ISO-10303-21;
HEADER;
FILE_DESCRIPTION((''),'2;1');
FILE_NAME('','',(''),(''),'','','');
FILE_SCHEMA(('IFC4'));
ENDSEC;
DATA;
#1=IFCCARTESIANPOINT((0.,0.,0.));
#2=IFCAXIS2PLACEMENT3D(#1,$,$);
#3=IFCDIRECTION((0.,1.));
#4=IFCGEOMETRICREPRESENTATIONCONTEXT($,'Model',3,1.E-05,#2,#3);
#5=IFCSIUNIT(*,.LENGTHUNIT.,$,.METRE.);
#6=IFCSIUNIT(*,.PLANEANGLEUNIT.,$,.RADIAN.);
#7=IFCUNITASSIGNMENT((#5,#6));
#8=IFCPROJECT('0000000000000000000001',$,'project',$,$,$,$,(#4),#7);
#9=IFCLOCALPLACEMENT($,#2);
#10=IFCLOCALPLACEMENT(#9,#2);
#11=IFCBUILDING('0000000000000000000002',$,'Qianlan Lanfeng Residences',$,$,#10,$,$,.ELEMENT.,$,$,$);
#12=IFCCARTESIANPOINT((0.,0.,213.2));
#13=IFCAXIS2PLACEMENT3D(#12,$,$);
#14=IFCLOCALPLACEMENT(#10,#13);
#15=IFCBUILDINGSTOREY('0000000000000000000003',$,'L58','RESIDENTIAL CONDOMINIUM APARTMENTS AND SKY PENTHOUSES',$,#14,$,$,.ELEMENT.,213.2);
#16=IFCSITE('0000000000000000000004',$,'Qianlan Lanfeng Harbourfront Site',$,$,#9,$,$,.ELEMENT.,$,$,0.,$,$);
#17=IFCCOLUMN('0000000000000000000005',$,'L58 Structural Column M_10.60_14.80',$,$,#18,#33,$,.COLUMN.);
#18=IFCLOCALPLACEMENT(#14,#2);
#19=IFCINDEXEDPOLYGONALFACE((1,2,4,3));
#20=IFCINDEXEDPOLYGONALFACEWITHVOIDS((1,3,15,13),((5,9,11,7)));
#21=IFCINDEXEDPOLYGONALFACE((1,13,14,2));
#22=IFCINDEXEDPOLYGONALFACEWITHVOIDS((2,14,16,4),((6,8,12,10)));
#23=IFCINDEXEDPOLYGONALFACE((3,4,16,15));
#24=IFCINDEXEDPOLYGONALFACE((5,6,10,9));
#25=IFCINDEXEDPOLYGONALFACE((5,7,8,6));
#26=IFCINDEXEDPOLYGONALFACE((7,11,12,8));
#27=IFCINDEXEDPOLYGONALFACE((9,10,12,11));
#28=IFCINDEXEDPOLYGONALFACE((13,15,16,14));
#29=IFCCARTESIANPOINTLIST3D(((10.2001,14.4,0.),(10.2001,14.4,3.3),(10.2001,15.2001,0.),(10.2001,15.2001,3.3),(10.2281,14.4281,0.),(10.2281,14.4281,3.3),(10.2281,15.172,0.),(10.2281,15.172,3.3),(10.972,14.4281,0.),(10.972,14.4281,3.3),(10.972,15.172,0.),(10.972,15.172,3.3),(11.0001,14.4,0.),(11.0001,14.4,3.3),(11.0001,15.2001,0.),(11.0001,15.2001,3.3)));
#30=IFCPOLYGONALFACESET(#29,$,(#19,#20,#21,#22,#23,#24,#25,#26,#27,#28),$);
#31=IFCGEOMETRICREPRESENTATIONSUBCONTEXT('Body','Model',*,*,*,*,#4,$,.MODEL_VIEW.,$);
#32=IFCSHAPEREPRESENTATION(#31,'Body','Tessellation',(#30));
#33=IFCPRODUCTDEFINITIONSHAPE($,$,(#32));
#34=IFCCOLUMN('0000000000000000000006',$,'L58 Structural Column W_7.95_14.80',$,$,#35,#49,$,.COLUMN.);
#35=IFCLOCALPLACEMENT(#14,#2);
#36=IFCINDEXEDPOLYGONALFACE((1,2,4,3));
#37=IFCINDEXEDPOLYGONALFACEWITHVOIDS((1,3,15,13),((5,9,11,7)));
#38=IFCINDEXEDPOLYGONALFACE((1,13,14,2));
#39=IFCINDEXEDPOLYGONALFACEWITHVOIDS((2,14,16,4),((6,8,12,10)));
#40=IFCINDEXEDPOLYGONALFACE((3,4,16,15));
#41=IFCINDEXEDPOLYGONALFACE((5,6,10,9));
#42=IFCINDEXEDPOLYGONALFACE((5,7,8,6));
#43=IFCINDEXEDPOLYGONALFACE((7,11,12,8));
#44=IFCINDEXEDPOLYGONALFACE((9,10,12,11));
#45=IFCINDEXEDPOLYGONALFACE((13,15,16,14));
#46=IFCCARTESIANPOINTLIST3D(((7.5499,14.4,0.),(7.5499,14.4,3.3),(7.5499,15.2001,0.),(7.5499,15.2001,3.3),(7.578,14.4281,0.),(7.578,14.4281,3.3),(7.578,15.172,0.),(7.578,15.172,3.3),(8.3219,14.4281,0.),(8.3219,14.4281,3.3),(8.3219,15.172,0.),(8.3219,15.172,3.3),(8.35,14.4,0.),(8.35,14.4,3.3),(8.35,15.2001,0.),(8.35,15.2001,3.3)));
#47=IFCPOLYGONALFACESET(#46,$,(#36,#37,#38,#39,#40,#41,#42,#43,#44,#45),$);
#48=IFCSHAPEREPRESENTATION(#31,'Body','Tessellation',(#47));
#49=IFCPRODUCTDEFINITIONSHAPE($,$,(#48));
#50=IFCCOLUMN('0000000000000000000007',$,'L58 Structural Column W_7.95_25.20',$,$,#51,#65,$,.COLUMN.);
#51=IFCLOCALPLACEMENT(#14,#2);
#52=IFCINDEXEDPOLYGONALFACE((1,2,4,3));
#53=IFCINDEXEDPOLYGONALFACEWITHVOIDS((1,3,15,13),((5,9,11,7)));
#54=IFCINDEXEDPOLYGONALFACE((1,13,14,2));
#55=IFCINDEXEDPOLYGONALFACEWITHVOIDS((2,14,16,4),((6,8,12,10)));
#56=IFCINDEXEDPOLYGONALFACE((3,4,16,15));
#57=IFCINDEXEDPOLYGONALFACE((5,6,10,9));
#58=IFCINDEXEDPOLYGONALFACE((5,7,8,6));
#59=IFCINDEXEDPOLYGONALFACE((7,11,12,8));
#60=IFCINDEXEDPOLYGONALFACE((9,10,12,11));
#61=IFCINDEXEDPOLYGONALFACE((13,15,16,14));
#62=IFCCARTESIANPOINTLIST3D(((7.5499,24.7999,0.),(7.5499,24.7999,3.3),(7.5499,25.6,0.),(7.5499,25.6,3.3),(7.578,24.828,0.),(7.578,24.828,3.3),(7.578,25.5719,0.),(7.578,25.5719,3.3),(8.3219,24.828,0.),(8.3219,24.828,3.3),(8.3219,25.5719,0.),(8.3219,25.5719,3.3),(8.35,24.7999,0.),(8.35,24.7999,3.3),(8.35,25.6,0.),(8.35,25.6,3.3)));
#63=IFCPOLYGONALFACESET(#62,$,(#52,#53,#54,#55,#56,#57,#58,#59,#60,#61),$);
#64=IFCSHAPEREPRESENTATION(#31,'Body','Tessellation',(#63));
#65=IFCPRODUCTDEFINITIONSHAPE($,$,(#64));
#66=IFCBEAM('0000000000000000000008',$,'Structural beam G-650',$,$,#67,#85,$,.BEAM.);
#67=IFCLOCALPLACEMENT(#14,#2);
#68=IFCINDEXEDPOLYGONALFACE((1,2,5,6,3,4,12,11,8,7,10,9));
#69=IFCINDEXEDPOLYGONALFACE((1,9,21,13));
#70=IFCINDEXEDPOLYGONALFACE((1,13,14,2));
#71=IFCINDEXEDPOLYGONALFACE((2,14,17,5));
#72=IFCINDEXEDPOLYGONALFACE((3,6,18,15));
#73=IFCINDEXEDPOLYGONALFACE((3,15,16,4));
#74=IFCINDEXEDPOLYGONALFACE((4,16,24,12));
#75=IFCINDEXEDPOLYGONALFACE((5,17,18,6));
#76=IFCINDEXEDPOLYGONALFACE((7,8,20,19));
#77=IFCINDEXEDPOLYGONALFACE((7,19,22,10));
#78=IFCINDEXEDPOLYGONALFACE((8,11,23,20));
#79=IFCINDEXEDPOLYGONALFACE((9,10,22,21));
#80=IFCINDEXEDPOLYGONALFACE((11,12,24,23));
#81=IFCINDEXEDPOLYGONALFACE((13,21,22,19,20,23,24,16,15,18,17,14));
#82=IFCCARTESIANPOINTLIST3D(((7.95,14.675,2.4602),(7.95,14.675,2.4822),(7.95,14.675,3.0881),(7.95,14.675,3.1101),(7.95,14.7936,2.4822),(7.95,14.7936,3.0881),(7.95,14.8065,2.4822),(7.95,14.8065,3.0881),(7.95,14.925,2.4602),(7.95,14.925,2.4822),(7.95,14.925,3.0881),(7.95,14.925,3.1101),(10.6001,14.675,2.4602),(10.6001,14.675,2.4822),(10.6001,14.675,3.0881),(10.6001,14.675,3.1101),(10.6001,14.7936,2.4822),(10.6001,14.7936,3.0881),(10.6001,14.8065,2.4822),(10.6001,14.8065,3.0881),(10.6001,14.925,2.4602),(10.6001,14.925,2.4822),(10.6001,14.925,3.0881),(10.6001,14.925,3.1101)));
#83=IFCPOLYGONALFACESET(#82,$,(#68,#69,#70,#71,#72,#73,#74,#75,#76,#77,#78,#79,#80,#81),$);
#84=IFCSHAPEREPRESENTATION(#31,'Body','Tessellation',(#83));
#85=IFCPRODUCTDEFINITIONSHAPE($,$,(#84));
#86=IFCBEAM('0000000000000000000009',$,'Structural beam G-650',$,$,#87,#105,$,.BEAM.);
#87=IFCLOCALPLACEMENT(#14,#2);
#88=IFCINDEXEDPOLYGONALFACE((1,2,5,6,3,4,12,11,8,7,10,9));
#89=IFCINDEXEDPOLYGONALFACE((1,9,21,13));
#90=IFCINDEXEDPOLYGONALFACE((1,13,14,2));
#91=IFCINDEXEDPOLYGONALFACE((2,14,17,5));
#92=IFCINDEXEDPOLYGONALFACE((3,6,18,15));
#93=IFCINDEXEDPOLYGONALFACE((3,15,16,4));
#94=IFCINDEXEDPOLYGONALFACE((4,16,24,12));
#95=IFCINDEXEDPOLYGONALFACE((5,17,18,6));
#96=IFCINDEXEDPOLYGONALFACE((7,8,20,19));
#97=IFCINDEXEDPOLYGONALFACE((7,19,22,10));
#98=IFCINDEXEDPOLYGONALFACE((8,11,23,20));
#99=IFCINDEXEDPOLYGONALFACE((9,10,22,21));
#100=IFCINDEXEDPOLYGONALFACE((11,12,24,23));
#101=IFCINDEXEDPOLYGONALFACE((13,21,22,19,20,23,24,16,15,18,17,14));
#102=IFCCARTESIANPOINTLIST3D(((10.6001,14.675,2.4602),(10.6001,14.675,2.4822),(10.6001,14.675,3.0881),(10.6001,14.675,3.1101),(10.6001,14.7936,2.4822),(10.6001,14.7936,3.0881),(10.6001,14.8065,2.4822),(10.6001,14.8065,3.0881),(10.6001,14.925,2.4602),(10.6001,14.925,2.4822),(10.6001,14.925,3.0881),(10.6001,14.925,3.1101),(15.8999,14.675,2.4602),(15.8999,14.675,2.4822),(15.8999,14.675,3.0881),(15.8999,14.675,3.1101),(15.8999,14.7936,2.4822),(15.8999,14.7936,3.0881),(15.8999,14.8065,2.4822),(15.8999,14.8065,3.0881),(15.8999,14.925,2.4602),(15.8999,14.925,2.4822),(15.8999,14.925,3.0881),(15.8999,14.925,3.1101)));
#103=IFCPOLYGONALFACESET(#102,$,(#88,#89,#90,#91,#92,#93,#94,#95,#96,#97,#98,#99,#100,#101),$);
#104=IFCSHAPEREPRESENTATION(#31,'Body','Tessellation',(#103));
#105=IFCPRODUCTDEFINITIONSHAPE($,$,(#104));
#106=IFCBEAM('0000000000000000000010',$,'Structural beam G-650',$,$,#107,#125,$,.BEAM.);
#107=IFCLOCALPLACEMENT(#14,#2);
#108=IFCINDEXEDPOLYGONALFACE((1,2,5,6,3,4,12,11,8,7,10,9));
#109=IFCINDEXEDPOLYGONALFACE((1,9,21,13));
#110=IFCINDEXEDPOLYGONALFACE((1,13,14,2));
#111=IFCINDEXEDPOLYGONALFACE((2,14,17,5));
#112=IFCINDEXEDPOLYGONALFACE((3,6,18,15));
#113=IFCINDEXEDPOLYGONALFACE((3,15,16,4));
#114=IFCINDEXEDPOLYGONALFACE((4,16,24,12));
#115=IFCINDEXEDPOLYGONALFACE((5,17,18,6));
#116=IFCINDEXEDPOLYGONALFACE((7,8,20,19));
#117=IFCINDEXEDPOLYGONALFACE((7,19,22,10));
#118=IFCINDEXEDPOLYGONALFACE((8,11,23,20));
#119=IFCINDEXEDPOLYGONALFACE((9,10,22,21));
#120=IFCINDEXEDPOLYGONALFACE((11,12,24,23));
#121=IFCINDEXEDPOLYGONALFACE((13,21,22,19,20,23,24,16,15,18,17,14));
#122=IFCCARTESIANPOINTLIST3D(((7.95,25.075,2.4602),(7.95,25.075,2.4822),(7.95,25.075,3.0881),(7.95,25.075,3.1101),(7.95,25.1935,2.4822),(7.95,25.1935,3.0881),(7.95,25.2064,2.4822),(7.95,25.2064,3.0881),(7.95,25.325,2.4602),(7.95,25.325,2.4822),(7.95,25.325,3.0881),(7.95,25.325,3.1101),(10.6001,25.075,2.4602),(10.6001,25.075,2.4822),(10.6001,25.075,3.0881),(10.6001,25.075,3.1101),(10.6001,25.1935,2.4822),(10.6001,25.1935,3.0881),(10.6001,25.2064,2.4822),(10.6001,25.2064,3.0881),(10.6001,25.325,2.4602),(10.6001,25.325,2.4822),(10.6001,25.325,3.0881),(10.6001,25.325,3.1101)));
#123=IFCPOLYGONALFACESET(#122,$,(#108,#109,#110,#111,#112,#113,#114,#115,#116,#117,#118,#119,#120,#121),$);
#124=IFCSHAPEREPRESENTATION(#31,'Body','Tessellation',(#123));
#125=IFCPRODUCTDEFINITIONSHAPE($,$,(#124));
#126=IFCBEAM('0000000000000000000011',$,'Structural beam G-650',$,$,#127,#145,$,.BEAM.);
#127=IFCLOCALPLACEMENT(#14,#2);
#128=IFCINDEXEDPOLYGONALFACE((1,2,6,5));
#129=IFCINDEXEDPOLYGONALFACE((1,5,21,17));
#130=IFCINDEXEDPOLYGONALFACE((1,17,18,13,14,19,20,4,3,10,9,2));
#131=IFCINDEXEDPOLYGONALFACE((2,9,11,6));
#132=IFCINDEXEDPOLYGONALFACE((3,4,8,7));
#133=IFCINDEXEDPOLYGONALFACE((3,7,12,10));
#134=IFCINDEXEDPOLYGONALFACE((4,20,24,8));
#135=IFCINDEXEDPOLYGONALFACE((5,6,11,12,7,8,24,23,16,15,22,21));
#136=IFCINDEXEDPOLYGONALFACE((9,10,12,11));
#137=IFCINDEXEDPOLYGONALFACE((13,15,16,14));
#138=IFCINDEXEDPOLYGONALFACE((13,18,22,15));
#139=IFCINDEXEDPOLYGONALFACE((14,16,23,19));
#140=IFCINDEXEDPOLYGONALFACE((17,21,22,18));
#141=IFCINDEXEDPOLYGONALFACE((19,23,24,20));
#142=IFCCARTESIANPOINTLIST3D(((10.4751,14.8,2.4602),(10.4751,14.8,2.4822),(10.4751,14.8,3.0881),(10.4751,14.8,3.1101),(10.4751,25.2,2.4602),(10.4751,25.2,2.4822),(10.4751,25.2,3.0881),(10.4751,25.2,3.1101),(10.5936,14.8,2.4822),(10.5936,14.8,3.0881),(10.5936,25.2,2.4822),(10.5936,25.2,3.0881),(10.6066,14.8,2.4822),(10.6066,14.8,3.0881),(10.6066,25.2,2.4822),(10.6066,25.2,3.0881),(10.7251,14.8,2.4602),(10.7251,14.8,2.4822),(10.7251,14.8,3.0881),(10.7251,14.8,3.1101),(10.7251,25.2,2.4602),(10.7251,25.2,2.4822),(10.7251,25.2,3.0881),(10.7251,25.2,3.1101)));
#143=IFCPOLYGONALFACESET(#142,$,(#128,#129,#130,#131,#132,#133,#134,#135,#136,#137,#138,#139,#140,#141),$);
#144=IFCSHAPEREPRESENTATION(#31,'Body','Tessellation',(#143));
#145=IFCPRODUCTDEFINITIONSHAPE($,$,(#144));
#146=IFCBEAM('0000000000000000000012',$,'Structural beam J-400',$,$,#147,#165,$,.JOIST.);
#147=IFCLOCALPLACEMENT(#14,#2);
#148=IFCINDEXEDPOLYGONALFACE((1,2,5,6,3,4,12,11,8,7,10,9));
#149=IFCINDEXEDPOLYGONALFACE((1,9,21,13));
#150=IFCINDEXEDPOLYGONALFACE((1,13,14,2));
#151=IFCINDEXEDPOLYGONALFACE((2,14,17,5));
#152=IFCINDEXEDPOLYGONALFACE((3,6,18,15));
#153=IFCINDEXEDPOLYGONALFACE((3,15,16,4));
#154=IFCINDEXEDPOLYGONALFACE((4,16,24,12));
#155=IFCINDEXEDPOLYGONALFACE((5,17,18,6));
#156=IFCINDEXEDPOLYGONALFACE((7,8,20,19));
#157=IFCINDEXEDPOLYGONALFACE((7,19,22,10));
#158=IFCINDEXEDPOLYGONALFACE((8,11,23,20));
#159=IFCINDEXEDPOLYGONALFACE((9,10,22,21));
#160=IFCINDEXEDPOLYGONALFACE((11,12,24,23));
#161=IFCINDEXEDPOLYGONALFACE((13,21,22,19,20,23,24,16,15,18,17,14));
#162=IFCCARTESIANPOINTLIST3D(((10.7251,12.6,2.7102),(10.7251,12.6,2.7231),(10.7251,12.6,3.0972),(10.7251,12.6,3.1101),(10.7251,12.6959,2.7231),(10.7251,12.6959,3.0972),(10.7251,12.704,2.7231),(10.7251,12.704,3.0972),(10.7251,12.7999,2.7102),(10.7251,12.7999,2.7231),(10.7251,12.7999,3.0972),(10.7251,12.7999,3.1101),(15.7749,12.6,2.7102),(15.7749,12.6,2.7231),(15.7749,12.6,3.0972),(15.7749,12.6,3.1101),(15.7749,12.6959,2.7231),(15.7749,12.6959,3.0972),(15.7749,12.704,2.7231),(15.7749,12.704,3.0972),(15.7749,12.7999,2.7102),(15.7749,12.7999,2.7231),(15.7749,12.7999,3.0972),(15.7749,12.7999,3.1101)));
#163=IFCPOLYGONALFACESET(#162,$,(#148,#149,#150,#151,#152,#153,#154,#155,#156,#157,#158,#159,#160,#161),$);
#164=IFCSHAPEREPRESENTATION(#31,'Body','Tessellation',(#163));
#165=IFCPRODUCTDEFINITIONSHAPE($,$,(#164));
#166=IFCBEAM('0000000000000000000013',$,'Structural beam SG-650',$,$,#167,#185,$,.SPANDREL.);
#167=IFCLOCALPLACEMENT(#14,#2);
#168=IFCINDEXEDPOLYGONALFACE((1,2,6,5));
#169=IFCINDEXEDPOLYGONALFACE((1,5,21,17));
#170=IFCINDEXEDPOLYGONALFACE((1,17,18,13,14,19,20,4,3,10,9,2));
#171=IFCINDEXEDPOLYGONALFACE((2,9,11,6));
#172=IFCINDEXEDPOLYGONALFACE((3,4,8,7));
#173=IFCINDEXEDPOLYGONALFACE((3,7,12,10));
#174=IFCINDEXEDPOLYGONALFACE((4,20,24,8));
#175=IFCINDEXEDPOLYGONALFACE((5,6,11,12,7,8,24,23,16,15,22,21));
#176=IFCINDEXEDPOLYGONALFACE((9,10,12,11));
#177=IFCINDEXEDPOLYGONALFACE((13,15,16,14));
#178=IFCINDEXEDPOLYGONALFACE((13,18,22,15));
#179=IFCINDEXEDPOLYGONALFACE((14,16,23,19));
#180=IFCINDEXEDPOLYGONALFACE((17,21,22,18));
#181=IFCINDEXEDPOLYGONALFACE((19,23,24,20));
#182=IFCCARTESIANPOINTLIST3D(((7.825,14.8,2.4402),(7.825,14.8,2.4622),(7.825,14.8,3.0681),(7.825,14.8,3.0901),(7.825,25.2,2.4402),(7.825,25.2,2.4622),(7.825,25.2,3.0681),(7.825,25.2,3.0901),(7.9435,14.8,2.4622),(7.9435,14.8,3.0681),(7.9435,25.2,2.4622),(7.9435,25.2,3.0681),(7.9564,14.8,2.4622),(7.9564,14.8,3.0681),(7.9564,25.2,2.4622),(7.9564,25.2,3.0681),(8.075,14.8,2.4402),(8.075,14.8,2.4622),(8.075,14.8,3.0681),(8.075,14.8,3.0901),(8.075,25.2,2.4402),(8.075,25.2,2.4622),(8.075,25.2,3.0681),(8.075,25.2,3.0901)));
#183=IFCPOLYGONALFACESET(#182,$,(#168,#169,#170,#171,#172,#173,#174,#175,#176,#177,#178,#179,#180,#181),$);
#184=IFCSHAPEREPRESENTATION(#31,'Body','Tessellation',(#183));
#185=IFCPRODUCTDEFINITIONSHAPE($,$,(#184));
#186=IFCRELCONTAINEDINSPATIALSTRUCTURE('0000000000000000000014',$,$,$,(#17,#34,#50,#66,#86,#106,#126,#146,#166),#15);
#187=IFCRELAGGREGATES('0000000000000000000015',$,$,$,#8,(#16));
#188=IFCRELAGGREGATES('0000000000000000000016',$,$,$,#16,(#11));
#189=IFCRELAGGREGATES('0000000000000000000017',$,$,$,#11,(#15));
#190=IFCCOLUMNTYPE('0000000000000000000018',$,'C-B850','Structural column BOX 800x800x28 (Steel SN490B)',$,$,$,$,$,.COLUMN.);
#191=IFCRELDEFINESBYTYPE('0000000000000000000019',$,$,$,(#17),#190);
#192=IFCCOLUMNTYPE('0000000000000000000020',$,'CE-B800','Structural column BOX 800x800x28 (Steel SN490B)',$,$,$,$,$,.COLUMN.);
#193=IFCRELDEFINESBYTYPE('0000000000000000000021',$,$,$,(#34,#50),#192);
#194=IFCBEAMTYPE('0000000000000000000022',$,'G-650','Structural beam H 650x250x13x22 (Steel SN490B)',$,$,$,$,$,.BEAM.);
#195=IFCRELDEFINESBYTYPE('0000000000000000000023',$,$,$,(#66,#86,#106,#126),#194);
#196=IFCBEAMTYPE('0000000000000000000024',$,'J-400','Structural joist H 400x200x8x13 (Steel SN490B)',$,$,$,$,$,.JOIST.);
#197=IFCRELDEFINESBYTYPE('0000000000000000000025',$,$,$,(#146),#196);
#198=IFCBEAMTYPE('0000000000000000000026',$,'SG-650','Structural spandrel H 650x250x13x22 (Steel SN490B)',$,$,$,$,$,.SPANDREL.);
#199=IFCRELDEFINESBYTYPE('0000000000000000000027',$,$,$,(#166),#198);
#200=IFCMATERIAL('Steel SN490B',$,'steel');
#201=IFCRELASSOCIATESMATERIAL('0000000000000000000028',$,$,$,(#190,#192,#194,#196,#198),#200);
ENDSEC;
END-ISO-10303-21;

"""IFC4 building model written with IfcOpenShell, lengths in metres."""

from ifc_helpers import new_model, si_unit, direction, frame, origin, origin_2d, place, context, subcontext, project, spatial, hollow_rectangle, i_section, extrude, material, material_profile, profile_set, type_object, element, save


model = new_model("IFC4")

# Units and contexts
model_context = context("Model", 3, precision=1e-05, world=origin(), true_north=direction((0.0, 1.0)))
body_context = subcontext(model_context, "Body", "Model", "MODEL_VIEW")
ifc_project = project(units=[si_unit("LENGTHUNIT", "METRE"), si_unit("PLANEANGLEUNIT", "RADIAN")], contexts=[model_context])

# Site, building, storey
site_placement = place(None, origin())
site = spatial("IfcSite", under=ifc_project, at=site_placement, Name="Qianlan Lanfeng Harbourfront Site", CompositionType="ELEMENT", RefElevation=0.0)
building_placement = place(site_placement, origin())
building = spatial("IfcBuilding", under=site, at=building_placement, Name="Qianlan Lanfeng Residences", CompositionType="ELEMENT")
storey_placement = place(building_placement, frame((0.0, 0.0, 213.2)))
storey = spatial("IfcBuildingStorey", under=building, at=storey_placement, Name="L58", Description="RESIDENTIAL CONDOMINIUM APARTMENTS AND SKY PENTHOUSES", CompositionType="ELEMENT", Elevation=213.2)

# Columns
ifc_material_1 = material(Name="Steel SN490B", Category="steel")
ifc_material_profile_1 = material_profile(ifc_material_1, hollow_rectangle(XDim=0.8, YDim=0.8, WallThickness=0.0281, at=origin_2d()), Name="BOX 800x800x28")
ifc_profile_set_1 = profile_set([ifc_material_profile_1], Name="Steel SN490B")
column_type_1 = type_object("IfcColumnType", Name="C-B850", Description="Structural column BOX 800x800x28 (Steel SN490B)", PredefinedType="COLUMN", material=ifc_profile_set_1)
column_placement = place(storey_placement, frame((10.6001, 14.8, 0.0), z_axis=(0.0, 0.0, 1.0), x_axis=(1.0, 0.0, 0.0)))
element("IfcColumn", 1, at=column_placement, inside=storey, type_object=column_type_1, Name="L58 Structural Column M_10.60_14.80", PredefinedType="COLUMN", context=body_context, shape_type="SweptSolid", body=[
    extrude(hollow_rectangle(XDim=0.8, YDim=0.8, WallThickness=0.0281, at=origin_2d()), origin(), (0.0, 0.0, 1.0), 3.3),
])
ifc_material_profile_2 = material_profile(ifc_material_1, hollow_rectangle(XDim=0.8, YDim=0.8, WallThickness=0.0281, at=origin_2d()), Name="BOX 800x800x28")
ifc_profile_set_2 = profile_set([ifc_material_profile_2], Name="Steel SN490B")
column_type_2 = type_object("IfcColumnType", Name="CE-B800", Description="Structural column BOX 800x800x28 (Steel SN490B)", PredefinedType="COLUMN", material=ifc_profile_set_2)
for number, where, z_axis, x_axis, name in (
    (2, (7.95, 14.8, 0.0), (0.0, 0.0, 1.0), (1.0, 0.0, 0.0), "L58 Structural Column W_7.95_14.80"),
    (3, (7.95, 25.2, 0.0), (0.0, 0.0, 1.0), (1.0, 0.0, 0.0), "L58 Structural Column W_7.95_25.20"),
):
    element("IfcColumn", number, at=place(storey_placement, frame(where, z_axis=z_axis, x_axis=x_axis)), inside=storey, type_object=column_type_2, Name=name, PredefinedType="COLUMN", context=body_context, shape_type="SweptSolid", body=[
        extrude(hollow_rectangle(XDim=0.8, YDim=0.8, WallThickness=0.0281, at=origin_2d()), origin(), (0.0, 0.0, 1.0), 3.3),
    ])

# Beams
ifc_material_profile_3 = material_profile(ifc_material_1, i_section(OverallWidth=0.25, OverallDepth=0.6499, WebThickness=0.0129, FlangeThickness=0.022, at=origin_2d()), Name="H 650x250x13x22")
ifc_profile_set_3 = profile_set([ifc_material_profile_3], Name="Steel SN490B")
beam_type_1 = type_object("IfcBeamType", Name="G-650", Description="Structural beam H 650x250x13x22 (Steel SN490B)", PredefinedType="BEAM", material=ifc_profile_set_3)
beam_1_placement = place(storey_placement, frame((7.95, 14.8, 2.7852), z_axis=(1.0, 0.0, 0.0), x_axis=(0.0, 1.0, 0.0)))
element("IfcBeam", 4, at=beam_1_placement, inside=storey, type_object=beam_type_1, Name="Structural beam G-650", PredefinedType="BEAM", context=body_context, shape_type="SweptSolid", body=[
    extrude(i_section(OverallWidth=0.25, OverallDepth=0.6499, WebThickness=0.0129, FlangeThickness=0.022, at=origin_2d()), origin(), (0.0, 0.0, 1.0), 2.6501),
])
beam_2_placement = place(storey_placement, frame((10.6001, 14.8, 2.7852), z_axis=(1.0, 0.0, 0.0), x_axis=(0.0, 1.0, 0.0)))
element("IfcBeam", 5, at=beam_2_placement, inside=storey, type_object=beam_type_1, Name="Structural beam G-650", PredefinedType="BEAM", context=body_context, shape_type="SweptSolid", body=[
    extrude(i_section(OverallWidth=0.25, OverallDepth=0.6499, WebThickness=0.0129, FlangeThickness=0.022, at=origin_2d()), origin(), (0.0, 0.0, 1.0), 5.2998),
])
beam_3_placement = place(storey_placement, frame((7.95, 25.2, 2.7852), z_axis=(1.0, 0.0, 0.0), x_axis=(0.0, 1.0, 0.0)))
element("IfcBeam", 6, at=beam_3_placement, inside=storey, type_object=beam_type_1, Name="Structural beam G-650", PredefinedType="BEAM", context=body_context, shape_type="SweptSolid", body=[
    extrude(i_section(OverallWidth=0.25, OverallDepth=0.6499, WebThickness=0.0129, FlangeThickness=0.022, at=origin_2d()), origin(), (0.0, 0.0, 1.0), 2.6501),
])
beam_4_placement = place(storey_placement, frame((10.6001, 14.8, 2.7852), z_axis=(0.0, 1.0, 0.0), x_axis=(-1.0, 0.0, 0.0)))
element("IfcBeam", 7, at=beam_4_placement, inside=storey, type_object=beam_type_1, Name="Structural beam G-650", PredefinedType="BEAM", context=body_context, shape_type="SweptSolid", body=[
    extrude(i_section(OverallWidth=0.25, OverallDepth=0.6499, WebThickness=0.0129, FlangeThickness=0.022, at=origin_2d()), origin(), (0.0, 0.0, 1.0), 10.3999),
])
ifc_material_profile_4 = material_profile(ifc_material_1, i_section(OverallWidth=0.2, OverallDepth=0.3999, WebThickness=0.0081, FlangeThickness=0.0129, at=origin_2d()), Name="H 400x200x8x13")
ifc_profile_set_4 = profile_set([ifc_material_profile_4], Name="Steel SN490B")
beam_type_2 = type_object("IfcBeamType", Name="J-400", Description="Structural joist H 400x200x8x13 (Steel SN490B)", PredefinedType="JOIST", material=ifc_profile_set_4)
beam_5_placement = place(storey_placement, frame((10.7251, 12.7, 2.9102), z_axis=(1.0, 0.0, 0.0), x_axis=(0.0, 1.0, 0.0)))
element("IfcBeam", 8, at=beam_5_placement, inside=storey, type_object=beam_type_2, Name="Structural beam J-400", PredefinedType="JOIST", context=body_context, shape_type="SweptSolid", body=[
    extrude(i_section(OverallWidth=0.2, OverallDepth=0.3999, WebThickness=0.0081, FlangeThickness=0.0129, at=origin_2d()), origin(), (0.0, 0.0, 1.0), 5.0498),
])
ifc_material_profile_5 = material_profile(ifc_material_1, i_section(OverallWidth=0.25, OverallDepth=0.6499, WebThickness=0.0129, FlangeThickness=0.022, at=origin_2d()), Name="H 650x250x13x22")
ifc_profile_set_5 = profile_set([ifc_material_profile_5], Name="Steel SN490B")
beam_type_3 = type_object("IfcBeamType", Name="SG-650", Description="Structural spandrel H 650x250x13x22 (Steel SN490B)", PredefinedType="SPANDREL", material=ifc_profile_set_5)
beam_6_placement = place(storey_placement, frame((7.95, 14.8, 2.7651), z_axis=(0.0, 1.0, 0.0), x_axis=(-1.0, 0.0, 0.0)))
element("IfcBeam", 9, at=beam_6_placement, inside=storey, type_object=beam_type_3, Name="Structural beam SG-650", PredefinedType="SPANDREL", context=body_context, shape_type="SweptSolid", body=[
    extrude(i_section(OverallWidth=0.25, OverallDepth=0.6499, WebThickness=0.0129, FlangeThickness=0.022, at=origin_2d()), origin(), (0.0, 0.0, 1.0), 10.3999),
])

save(model, "model.ifc")
